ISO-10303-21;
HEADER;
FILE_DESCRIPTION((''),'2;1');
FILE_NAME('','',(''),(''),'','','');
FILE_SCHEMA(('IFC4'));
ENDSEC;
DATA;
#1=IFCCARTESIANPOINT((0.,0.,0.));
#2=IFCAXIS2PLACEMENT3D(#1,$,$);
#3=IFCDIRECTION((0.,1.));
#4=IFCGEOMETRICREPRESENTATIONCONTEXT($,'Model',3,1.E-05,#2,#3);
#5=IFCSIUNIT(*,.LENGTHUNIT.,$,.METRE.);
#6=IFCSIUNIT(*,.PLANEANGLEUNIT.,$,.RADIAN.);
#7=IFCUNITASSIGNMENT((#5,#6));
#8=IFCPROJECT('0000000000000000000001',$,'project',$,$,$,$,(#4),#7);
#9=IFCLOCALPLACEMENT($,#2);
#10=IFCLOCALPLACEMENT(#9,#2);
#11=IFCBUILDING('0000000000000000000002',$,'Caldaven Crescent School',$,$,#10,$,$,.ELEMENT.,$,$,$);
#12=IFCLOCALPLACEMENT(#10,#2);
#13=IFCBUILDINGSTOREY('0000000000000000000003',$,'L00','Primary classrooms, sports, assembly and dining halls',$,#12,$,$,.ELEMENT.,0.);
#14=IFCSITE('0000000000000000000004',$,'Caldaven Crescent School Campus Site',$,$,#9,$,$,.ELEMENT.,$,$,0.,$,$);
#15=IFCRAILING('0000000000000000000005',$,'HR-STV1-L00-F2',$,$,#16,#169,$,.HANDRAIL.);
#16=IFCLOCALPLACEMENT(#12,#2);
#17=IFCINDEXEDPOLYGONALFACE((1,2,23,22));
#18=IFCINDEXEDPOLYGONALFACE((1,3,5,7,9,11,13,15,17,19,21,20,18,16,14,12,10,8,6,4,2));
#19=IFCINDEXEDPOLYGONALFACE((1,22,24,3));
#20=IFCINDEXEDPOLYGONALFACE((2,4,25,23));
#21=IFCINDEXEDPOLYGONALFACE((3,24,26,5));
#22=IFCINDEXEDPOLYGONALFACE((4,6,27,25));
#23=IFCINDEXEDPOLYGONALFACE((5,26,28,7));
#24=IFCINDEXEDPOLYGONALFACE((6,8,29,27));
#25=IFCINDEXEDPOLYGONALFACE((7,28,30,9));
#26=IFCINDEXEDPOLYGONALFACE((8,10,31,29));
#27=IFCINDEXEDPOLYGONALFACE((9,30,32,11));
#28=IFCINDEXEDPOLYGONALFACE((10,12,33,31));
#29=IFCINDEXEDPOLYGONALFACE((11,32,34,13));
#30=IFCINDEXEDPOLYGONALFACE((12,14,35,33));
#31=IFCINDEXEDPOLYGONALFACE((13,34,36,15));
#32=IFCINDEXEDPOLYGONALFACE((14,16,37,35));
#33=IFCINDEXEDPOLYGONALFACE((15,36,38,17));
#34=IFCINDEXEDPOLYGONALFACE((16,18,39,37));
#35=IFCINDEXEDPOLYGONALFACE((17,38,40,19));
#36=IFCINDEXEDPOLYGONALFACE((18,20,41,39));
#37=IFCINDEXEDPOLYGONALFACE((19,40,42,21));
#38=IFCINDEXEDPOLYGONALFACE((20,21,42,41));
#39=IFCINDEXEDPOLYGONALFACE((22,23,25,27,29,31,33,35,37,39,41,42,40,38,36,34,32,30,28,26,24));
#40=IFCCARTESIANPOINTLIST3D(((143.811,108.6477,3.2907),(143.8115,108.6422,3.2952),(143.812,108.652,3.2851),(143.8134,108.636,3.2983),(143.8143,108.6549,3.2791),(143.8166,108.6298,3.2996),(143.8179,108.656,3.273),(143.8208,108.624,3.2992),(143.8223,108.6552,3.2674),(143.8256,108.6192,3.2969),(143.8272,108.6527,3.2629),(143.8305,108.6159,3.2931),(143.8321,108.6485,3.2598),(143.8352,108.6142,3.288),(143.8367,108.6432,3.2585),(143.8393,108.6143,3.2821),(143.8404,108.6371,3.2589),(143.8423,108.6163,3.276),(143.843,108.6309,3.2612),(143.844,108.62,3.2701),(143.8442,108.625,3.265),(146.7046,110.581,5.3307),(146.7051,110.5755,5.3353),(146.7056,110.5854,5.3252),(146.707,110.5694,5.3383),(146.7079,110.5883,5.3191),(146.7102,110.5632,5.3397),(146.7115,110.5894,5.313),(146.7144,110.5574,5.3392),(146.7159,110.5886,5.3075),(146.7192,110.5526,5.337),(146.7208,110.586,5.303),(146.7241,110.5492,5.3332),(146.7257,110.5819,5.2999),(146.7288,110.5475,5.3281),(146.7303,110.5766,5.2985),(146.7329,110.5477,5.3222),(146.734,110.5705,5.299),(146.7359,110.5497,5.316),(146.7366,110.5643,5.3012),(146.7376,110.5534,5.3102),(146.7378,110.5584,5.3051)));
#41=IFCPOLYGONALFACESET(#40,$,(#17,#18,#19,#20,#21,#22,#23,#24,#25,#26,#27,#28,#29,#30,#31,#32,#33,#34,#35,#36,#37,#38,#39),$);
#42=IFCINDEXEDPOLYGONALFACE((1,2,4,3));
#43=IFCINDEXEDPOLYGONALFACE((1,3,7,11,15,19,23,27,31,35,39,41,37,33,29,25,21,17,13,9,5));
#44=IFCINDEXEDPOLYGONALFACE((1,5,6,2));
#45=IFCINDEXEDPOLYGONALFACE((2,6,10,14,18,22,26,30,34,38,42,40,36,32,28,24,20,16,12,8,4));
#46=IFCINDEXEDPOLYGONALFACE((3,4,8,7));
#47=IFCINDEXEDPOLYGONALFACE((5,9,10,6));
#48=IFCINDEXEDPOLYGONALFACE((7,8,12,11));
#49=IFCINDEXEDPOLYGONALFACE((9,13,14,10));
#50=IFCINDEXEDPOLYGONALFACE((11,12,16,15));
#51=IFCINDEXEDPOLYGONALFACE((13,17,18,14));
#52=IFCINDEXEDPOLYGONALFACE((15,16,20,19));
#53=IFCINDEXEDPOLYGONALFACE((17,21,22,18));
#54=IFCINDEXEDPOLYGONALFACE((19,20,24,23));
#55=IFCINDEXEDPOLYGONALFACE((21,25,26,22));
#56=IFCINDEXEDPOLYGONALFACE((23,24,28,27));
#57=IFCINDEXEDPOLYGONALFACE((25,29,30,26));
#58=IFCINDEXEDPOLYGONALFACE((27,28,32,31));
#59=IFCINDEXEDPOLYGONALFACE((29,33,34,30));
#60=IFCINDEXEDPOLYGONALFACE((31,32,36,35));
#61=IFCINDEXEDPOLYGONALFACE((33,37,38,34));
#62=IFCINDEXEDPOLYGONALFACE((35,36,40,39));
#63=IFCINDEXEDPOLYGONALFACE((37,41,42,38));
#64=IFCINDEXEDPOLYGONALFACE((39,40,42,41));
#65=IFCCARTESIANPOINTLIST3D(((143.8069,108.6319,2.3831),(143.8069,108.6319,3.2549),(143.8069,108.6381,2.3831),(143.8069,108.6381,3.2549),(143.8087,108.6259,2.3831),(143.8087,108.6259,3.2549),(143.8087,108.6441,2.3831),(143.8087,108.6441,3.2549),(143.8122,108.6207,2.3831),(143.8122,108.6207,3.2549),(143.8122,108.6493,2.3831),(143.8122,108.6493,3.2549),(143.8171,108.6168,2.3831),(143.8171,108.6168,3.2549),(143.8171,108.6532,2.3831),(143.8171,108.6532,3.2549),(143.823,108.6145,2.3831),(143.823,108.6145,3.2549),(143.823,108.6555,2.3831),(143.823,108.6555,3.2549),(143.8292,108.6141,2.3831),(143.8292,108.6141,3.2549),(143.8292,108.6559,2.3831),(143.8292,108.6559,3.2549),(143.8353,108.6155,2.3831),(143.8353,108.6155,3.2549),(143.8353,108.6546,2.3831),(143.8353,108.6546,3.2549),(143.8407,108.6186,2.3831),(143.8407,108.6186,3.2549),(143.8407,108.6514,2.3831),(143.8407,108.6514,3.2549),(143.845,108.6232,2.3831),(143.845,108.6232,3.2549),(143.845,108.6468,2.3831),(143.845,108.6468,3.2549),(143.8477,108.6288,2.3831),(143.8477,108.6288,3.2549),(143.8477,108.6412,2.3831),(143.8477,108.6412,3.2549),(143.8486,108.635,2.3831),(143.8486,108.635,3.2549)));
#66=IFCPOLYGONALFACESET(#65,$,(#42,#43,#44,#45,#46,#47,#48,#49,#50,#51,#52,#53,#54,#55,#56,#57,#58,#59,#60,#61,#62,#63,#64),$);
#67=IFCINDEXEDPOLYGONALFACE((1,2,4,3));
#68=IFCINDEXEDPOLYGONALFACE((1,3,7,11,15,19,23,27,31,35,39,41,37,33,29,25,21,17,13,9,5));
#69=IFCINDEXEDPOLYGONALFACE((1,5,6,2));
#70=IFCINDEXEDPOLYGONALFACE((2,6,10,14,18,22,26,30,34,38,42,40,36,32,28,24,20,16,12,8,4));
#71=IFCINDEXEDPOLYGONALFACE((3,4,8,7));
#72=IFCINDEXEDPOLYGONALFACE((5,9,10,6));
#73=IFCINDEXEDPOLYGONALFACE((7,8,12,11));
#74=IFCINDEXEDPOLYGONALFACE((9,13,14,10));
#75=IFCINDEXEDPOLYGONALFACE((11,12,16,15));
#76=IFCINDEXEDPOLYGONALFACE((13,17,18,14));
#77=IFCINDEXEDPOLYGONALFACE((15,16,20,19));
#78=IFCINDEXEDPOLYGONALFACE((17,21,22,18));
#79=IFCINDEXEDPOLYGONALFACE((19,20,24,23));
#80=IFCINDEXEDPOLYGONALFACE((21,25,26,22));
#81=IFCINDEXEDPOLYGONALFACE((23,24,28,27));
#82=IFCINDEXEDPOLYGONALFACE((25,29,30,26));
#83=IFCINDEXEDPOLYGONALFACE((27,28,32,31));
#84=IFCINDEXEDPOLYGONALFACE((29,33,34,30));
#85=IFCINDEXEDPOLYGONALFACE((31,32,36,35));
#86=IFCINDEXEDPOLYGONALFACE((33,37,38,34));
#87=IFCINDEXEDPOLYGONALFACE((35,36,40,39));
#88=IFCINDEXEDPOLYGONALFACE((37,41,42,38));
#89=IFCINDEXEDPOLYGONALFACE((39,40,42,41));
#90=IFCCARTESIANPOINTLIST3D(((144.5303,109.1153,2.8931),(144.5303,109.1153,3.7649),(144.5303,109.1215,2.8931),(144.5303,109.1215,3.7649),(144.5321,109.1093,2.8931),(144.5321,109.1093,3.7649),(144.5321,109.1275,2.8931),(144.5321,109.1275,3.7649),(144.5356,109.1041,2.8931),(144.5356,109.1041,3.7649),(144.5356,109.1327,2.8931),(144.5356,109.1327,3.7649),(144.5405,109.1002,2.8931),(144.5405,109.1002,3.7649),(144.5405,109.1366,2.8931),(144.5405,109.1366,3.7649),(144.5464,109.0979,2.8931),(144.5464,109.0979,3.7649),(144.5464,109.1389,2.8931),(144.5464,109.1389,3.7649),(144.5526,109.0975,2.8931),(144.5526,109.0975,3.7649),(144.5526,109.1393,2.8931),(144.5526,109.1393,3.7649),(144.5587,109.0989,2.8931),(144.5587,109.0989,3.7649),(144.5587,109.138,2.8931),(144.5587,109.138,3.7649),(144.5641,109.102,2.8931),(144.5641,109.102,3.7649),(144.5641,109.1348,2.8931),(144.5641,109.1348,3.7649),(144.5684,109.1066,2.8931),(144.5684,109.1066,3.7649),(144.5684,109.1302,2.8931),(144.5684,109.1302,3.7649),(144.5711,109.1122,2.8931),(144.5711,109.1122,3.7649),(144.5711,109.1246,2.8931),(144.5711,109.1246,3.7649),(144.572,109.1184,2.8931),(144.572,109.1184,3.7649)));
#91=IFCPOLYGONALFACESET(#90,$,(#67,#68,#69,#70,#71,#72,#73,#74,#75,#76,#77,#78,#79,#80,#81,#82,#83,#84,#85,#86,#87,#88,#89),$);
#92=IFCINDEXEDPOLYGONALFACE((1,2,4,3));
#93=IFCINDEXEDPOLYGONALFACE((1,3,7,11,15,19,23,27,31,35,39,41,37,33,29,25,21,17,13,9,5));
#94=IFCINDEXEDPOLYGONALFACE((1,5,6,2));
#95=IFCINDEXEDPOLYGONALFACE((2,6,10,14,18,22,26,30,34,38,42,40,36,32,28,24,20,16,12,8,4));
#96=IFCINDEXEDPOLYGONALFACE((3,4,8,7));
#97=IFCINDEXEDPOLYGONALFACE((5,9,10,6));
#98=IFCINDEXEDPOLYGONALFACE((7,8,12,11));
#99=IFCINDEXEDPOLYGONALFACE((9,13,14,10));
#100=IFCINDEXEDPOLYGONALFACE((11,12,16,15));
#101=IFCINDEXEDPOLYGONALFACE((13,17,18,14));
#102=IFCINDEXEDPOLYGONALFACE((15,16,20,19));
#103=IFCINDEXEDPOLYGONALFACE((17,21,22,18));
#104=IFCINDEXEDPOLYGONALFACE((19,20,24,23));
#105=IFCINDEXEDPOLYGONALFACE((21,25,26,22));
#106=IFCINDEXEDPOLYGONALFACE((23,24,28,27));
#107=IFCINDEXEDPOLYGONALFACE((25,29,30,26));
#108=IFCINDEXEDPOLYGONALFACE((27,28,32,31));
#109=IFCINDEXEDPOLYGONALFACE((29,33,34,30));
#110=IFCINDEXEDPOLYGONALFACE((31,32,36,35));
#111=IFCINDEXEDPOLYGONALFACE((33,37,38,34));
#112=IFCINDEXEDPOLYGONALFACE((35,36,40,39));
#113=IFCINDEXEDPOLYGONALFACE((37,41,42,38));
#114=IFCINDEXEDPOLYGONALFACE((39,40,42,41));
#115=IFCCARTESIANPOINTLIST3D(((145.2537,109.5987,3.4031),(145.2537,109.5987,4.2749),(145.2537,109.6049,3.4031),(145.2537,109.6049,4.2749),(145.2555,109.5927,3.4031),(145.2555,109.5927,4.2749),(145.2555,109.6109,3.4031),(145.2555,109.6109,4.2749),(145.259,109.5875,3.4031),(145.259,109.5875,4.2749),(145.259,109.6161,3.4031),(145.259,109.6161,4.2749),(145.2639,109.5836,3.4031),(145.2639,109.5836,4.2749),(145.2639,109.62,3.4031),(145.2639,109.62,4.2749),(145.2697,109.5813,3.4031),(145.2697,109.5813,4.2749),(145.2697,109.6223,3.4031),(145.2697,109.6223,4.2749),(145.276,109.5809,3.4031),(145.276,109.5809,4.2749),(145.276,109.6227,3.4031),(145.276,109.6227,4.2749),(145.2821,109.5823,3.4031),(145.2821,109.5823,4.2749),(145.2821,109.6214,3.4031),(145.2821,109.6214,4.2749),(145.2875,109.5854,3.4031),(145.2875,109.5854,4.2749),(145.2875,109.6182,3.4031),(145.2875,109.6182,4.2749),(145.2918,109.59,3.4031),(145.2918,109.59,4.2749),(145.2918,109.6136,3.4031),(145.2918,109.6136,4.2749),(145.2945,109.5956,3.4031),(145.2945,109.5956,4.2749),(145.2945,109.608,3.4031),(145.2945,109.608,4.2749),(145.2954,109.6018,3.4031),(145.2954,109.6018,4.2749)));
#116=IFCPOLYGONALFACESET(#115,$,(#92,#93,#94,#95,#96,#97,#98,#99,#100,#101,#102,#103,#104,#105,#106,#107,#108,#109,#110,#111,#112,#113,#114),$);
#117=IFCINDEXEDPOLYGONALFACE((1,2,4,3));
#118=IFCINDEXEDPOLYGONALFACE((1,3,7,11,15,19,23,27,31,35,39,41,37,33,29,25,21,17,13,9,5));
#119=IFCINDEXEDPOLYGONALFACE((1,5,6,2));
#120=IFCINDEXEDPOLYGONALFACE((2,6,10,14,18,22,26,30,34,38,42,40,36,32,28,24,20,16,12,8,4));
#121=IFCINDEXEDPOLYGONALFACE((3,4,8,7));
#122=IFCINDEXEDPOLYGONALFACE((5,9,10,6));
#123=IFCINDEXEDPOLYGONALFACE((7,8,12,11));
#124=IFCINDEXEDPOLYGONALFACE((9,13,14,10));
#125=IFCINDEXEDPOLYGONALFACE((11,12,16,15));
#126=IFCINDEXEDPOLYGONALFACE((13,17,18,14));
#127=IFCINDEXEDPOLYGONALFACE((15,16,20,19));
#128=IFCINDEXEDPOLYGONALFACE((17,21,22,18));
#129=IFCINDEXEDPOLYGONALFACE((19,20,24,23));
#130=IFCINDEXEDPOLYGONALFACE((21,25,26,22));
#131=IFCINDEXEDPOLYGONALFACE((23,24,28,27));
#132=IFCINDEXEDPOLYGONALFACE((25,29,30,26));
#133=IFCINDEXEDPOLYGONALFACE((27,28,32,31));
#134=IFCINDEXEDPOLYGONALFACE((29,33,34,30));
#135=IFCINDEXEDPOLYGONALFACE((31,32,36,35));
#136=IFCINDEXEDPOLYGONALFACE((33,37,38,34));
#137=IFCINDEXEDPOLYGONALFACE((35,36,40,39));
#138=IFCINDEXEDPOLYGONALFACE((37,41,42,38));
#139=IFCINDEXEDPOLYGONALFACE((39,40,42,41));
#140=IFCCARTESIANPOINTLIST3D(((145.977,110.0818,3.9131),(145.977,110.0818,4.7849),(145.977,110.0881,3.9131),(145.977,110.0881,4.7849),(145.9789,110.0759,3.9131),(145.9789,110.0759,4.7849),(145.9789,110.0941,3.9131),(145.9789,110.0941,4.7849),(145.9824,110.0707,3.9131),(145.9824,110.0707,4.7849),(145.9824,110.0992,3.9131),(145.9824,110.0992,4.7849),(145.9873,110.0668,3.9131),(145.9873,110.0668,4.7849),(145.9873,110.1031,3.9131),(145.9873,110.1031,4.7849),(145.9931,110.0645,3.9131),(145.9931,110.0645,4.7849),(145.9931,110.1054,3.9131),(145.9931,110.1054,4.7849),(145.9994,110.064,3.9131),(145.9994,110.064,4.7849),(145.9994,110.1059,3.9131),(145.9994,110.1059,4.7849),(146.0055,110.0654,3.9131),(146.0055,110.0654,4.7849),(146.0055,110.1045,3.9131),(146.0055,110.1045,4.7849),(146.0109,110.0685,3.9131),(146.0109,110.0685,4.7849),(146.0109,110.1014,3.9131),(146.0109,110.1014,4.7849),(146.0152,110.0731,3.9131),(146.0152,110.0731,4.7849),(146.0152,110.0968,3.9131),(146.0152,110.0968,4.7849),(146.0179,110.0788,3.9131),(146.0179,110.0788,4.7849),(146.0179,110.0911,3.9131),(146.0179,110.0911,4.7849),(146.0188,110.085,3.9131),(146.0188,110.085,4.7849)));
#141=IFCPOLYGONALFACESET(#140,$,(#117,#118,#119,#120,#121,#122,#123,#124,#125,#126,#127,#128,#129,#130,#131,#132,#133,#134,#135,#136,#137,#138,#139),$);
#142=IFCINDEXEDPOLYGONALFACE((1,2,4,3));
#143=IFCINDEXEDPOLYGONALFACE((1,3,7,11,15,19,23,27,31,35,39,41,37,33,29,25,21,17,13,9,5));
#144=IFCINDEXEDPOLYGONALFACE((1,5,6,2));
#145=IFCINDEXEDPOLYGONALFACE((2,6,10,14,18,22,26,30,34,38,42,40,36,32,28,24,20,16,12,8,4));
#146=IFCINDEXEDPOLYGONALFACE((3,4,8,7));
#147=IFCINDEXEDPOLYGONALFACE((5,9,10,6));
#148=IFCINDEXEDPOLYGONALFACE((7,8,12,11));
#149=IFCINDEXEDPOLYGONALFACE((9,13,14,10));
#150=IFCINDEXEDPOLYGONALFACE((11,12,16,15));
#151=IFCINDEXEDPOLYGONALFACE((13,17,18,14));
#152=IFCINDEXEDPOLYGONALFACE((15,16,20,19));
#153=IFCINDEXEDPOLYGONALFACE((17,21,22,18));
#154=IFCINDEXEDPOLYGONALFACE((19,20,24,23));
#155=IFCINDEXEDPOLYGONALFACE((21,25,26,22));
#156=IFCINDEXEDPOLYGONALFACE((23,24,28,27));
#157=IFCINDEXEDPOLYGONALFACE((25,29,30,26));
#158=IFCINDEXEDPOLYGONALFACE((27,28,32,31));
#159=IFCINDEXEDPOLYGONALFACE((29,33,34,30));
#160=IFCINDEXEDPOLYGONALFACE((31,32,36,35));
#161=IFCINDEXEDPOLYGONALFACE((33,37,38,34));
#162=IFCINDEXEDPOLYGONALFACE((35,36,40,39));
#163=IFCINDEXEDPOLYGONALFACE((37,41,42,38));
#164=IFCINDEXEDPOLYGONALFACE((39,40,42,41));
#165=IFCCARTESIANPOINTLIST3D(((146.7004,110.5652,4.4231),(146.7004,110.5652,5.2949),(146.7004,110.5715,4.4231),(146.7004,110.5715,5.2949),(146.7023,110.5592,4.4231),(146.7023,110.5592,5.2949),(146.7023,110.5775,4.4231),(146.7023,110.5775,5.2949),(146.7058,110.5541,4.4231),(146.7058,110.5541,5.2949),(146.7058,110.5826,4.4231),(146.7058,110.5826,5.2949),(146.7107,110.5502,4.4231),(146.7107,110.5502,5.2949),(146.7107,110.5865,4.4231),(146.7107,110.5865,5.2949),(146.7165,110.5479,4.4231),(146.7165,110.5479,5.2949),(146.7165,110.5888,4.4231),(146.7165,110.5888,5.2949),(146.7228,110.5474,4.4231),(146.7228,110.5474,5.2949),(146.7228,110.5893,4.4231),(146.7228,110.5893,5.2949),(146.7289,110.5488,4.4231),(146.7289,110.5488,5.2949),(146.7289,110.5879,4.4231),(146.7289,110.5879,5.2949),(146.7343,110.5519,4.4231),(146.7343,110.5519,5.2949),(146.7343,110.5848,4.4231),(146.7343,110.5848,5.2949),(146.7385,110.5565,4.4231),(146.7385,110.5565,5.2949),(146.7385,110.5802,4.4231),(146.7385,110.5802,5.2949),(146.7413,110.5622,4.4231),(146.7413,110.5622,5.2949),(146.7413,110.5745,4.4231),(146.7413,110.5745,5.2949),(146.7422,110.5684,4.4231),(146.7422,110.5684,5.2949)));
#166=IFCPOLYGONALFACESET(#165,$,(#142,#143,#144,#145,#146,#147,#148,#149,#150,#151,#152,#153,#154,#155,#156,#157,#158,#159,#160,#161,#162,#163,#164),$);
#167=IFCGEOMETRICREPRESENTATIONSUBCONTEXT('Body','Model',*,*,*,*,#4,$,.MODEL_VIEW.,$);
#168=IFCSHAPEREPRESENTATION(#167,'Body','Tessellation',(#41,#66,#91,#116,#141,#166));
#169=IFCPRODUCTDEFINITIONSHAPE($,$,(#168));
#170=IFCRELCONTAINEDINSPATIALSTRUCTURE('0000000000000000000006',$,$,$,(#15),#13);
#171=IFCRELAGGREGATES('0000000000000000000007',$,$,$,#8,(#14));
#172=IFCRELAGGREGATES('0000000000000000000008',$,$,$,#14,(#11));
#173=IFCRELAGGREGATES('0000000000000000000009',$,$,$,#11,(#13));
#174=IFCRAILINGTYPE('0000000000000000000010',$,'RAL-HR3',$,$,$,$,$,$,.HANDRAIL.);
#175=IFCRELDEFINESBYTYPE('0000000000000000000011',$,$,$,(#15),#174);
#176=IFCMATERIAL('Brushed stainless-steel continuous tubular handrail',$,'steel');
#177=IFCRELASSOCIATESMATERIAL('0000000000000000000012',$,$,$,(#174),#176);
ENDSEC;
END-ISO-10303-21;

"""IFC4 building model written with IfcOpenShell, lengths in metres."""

from ifc_helpers import new_model, si_unit, direction, frame, origin, origin_2d, place, context, subcontext, project, spatial, circle, extrude, material, type_object, element, save


model = new_model("IFC4")

# Units and contexts
model_context = context("Model", 3, precision=1e-05, world=origin(), true_north=direction((0.0, 1.0)))
body_context = subcontext(model_context, "Body", "Model", "MODEL_VIEW")
ifc_project = project(units=[si_unit("LENGTHUNIT", "METRE"), si_unit("PLANEANGLEUNIT", "RADIAN")], contexts=[model_context])

# Site, building, storey
site_placement = place(None, origin())
site = spatial("IfcSite", under=ifc_project, at=site_placement, Name="Caldaven Crescent School Campus Site", CompositionType="ELEMENT", RefElevation=0.0)
building_placement = place(site_placement, origin())
building = spatial("IfcBuilding", under=site, at=building_placement, Name="Caldaven Crescent School", CompositionType="ELEMENT")
storey_placement = place(building_placement, origin())
storey = spatial("IfcBuildingStorey", under=building, at=storey_placement, Name="L00", Description="Primary classrooms, sports, assembly and dining halls", CompositionType="ELEMENT", Elevation=0.0)

# Railing
ifc_material_1 = material(Name="Brushed stainless-steel continuous tubular handrail", Category="steel")
railing_type = type_object("IfcRailingType", Name="RAL-HR3", PredefinedType="HANDRAIL", material=ifc_material_1)
railing_1_placement = place(storey_placement, frame((143.8276, 108.635, 2.3831)))
element("IfcRailing", 1, at=railing_1_placement, inside=storey, type_object=railing_type, Name="HR-STV1-L00-F2", PredefinedType="HANDRAIL", context=body_context, shape_type="SweptSolid", body=[
    extrude(circle(Radius=0.0239, at=origin_2d()), frame((0.0, 0.0, 0.896), z_axis=(0.717311, 0.479277, 0.505725), x_axis=(-0.555558, 0.831478, 0.0)), (0.0, 0.0, 1.0), 4.0339),
    extrude(circle(Radius=0.021, at=origin_2d()), origin(), (0.0, 0.0, 1.0), 0.8718),
    extrude(circle(Radius=0.021, at=origin_2d()), frame((0.7234, 0.4834, 0.51)), (0.0, 0.0, 1.0), 0.8718),
    extrude(circle(Radius=0.021, at=origin_2d()), frame((1.4468, 0.9668, 1.02)), (0.0, 0.0, 1.0), 0.8718),
    extrude(circle(Radius=0.021, at=origin_2d()), frame((2.1702, 1.45, 1.53)), (0.0, 0.0, 1.0), 0.8718),
    extrude(circle(Radius=0.021, at=origin_2d()), frame((2.8936, 1.9333, 2.04)), (0.0, 0.0, 1.0), 0.8718),
])

save(model, "model.ifc")
